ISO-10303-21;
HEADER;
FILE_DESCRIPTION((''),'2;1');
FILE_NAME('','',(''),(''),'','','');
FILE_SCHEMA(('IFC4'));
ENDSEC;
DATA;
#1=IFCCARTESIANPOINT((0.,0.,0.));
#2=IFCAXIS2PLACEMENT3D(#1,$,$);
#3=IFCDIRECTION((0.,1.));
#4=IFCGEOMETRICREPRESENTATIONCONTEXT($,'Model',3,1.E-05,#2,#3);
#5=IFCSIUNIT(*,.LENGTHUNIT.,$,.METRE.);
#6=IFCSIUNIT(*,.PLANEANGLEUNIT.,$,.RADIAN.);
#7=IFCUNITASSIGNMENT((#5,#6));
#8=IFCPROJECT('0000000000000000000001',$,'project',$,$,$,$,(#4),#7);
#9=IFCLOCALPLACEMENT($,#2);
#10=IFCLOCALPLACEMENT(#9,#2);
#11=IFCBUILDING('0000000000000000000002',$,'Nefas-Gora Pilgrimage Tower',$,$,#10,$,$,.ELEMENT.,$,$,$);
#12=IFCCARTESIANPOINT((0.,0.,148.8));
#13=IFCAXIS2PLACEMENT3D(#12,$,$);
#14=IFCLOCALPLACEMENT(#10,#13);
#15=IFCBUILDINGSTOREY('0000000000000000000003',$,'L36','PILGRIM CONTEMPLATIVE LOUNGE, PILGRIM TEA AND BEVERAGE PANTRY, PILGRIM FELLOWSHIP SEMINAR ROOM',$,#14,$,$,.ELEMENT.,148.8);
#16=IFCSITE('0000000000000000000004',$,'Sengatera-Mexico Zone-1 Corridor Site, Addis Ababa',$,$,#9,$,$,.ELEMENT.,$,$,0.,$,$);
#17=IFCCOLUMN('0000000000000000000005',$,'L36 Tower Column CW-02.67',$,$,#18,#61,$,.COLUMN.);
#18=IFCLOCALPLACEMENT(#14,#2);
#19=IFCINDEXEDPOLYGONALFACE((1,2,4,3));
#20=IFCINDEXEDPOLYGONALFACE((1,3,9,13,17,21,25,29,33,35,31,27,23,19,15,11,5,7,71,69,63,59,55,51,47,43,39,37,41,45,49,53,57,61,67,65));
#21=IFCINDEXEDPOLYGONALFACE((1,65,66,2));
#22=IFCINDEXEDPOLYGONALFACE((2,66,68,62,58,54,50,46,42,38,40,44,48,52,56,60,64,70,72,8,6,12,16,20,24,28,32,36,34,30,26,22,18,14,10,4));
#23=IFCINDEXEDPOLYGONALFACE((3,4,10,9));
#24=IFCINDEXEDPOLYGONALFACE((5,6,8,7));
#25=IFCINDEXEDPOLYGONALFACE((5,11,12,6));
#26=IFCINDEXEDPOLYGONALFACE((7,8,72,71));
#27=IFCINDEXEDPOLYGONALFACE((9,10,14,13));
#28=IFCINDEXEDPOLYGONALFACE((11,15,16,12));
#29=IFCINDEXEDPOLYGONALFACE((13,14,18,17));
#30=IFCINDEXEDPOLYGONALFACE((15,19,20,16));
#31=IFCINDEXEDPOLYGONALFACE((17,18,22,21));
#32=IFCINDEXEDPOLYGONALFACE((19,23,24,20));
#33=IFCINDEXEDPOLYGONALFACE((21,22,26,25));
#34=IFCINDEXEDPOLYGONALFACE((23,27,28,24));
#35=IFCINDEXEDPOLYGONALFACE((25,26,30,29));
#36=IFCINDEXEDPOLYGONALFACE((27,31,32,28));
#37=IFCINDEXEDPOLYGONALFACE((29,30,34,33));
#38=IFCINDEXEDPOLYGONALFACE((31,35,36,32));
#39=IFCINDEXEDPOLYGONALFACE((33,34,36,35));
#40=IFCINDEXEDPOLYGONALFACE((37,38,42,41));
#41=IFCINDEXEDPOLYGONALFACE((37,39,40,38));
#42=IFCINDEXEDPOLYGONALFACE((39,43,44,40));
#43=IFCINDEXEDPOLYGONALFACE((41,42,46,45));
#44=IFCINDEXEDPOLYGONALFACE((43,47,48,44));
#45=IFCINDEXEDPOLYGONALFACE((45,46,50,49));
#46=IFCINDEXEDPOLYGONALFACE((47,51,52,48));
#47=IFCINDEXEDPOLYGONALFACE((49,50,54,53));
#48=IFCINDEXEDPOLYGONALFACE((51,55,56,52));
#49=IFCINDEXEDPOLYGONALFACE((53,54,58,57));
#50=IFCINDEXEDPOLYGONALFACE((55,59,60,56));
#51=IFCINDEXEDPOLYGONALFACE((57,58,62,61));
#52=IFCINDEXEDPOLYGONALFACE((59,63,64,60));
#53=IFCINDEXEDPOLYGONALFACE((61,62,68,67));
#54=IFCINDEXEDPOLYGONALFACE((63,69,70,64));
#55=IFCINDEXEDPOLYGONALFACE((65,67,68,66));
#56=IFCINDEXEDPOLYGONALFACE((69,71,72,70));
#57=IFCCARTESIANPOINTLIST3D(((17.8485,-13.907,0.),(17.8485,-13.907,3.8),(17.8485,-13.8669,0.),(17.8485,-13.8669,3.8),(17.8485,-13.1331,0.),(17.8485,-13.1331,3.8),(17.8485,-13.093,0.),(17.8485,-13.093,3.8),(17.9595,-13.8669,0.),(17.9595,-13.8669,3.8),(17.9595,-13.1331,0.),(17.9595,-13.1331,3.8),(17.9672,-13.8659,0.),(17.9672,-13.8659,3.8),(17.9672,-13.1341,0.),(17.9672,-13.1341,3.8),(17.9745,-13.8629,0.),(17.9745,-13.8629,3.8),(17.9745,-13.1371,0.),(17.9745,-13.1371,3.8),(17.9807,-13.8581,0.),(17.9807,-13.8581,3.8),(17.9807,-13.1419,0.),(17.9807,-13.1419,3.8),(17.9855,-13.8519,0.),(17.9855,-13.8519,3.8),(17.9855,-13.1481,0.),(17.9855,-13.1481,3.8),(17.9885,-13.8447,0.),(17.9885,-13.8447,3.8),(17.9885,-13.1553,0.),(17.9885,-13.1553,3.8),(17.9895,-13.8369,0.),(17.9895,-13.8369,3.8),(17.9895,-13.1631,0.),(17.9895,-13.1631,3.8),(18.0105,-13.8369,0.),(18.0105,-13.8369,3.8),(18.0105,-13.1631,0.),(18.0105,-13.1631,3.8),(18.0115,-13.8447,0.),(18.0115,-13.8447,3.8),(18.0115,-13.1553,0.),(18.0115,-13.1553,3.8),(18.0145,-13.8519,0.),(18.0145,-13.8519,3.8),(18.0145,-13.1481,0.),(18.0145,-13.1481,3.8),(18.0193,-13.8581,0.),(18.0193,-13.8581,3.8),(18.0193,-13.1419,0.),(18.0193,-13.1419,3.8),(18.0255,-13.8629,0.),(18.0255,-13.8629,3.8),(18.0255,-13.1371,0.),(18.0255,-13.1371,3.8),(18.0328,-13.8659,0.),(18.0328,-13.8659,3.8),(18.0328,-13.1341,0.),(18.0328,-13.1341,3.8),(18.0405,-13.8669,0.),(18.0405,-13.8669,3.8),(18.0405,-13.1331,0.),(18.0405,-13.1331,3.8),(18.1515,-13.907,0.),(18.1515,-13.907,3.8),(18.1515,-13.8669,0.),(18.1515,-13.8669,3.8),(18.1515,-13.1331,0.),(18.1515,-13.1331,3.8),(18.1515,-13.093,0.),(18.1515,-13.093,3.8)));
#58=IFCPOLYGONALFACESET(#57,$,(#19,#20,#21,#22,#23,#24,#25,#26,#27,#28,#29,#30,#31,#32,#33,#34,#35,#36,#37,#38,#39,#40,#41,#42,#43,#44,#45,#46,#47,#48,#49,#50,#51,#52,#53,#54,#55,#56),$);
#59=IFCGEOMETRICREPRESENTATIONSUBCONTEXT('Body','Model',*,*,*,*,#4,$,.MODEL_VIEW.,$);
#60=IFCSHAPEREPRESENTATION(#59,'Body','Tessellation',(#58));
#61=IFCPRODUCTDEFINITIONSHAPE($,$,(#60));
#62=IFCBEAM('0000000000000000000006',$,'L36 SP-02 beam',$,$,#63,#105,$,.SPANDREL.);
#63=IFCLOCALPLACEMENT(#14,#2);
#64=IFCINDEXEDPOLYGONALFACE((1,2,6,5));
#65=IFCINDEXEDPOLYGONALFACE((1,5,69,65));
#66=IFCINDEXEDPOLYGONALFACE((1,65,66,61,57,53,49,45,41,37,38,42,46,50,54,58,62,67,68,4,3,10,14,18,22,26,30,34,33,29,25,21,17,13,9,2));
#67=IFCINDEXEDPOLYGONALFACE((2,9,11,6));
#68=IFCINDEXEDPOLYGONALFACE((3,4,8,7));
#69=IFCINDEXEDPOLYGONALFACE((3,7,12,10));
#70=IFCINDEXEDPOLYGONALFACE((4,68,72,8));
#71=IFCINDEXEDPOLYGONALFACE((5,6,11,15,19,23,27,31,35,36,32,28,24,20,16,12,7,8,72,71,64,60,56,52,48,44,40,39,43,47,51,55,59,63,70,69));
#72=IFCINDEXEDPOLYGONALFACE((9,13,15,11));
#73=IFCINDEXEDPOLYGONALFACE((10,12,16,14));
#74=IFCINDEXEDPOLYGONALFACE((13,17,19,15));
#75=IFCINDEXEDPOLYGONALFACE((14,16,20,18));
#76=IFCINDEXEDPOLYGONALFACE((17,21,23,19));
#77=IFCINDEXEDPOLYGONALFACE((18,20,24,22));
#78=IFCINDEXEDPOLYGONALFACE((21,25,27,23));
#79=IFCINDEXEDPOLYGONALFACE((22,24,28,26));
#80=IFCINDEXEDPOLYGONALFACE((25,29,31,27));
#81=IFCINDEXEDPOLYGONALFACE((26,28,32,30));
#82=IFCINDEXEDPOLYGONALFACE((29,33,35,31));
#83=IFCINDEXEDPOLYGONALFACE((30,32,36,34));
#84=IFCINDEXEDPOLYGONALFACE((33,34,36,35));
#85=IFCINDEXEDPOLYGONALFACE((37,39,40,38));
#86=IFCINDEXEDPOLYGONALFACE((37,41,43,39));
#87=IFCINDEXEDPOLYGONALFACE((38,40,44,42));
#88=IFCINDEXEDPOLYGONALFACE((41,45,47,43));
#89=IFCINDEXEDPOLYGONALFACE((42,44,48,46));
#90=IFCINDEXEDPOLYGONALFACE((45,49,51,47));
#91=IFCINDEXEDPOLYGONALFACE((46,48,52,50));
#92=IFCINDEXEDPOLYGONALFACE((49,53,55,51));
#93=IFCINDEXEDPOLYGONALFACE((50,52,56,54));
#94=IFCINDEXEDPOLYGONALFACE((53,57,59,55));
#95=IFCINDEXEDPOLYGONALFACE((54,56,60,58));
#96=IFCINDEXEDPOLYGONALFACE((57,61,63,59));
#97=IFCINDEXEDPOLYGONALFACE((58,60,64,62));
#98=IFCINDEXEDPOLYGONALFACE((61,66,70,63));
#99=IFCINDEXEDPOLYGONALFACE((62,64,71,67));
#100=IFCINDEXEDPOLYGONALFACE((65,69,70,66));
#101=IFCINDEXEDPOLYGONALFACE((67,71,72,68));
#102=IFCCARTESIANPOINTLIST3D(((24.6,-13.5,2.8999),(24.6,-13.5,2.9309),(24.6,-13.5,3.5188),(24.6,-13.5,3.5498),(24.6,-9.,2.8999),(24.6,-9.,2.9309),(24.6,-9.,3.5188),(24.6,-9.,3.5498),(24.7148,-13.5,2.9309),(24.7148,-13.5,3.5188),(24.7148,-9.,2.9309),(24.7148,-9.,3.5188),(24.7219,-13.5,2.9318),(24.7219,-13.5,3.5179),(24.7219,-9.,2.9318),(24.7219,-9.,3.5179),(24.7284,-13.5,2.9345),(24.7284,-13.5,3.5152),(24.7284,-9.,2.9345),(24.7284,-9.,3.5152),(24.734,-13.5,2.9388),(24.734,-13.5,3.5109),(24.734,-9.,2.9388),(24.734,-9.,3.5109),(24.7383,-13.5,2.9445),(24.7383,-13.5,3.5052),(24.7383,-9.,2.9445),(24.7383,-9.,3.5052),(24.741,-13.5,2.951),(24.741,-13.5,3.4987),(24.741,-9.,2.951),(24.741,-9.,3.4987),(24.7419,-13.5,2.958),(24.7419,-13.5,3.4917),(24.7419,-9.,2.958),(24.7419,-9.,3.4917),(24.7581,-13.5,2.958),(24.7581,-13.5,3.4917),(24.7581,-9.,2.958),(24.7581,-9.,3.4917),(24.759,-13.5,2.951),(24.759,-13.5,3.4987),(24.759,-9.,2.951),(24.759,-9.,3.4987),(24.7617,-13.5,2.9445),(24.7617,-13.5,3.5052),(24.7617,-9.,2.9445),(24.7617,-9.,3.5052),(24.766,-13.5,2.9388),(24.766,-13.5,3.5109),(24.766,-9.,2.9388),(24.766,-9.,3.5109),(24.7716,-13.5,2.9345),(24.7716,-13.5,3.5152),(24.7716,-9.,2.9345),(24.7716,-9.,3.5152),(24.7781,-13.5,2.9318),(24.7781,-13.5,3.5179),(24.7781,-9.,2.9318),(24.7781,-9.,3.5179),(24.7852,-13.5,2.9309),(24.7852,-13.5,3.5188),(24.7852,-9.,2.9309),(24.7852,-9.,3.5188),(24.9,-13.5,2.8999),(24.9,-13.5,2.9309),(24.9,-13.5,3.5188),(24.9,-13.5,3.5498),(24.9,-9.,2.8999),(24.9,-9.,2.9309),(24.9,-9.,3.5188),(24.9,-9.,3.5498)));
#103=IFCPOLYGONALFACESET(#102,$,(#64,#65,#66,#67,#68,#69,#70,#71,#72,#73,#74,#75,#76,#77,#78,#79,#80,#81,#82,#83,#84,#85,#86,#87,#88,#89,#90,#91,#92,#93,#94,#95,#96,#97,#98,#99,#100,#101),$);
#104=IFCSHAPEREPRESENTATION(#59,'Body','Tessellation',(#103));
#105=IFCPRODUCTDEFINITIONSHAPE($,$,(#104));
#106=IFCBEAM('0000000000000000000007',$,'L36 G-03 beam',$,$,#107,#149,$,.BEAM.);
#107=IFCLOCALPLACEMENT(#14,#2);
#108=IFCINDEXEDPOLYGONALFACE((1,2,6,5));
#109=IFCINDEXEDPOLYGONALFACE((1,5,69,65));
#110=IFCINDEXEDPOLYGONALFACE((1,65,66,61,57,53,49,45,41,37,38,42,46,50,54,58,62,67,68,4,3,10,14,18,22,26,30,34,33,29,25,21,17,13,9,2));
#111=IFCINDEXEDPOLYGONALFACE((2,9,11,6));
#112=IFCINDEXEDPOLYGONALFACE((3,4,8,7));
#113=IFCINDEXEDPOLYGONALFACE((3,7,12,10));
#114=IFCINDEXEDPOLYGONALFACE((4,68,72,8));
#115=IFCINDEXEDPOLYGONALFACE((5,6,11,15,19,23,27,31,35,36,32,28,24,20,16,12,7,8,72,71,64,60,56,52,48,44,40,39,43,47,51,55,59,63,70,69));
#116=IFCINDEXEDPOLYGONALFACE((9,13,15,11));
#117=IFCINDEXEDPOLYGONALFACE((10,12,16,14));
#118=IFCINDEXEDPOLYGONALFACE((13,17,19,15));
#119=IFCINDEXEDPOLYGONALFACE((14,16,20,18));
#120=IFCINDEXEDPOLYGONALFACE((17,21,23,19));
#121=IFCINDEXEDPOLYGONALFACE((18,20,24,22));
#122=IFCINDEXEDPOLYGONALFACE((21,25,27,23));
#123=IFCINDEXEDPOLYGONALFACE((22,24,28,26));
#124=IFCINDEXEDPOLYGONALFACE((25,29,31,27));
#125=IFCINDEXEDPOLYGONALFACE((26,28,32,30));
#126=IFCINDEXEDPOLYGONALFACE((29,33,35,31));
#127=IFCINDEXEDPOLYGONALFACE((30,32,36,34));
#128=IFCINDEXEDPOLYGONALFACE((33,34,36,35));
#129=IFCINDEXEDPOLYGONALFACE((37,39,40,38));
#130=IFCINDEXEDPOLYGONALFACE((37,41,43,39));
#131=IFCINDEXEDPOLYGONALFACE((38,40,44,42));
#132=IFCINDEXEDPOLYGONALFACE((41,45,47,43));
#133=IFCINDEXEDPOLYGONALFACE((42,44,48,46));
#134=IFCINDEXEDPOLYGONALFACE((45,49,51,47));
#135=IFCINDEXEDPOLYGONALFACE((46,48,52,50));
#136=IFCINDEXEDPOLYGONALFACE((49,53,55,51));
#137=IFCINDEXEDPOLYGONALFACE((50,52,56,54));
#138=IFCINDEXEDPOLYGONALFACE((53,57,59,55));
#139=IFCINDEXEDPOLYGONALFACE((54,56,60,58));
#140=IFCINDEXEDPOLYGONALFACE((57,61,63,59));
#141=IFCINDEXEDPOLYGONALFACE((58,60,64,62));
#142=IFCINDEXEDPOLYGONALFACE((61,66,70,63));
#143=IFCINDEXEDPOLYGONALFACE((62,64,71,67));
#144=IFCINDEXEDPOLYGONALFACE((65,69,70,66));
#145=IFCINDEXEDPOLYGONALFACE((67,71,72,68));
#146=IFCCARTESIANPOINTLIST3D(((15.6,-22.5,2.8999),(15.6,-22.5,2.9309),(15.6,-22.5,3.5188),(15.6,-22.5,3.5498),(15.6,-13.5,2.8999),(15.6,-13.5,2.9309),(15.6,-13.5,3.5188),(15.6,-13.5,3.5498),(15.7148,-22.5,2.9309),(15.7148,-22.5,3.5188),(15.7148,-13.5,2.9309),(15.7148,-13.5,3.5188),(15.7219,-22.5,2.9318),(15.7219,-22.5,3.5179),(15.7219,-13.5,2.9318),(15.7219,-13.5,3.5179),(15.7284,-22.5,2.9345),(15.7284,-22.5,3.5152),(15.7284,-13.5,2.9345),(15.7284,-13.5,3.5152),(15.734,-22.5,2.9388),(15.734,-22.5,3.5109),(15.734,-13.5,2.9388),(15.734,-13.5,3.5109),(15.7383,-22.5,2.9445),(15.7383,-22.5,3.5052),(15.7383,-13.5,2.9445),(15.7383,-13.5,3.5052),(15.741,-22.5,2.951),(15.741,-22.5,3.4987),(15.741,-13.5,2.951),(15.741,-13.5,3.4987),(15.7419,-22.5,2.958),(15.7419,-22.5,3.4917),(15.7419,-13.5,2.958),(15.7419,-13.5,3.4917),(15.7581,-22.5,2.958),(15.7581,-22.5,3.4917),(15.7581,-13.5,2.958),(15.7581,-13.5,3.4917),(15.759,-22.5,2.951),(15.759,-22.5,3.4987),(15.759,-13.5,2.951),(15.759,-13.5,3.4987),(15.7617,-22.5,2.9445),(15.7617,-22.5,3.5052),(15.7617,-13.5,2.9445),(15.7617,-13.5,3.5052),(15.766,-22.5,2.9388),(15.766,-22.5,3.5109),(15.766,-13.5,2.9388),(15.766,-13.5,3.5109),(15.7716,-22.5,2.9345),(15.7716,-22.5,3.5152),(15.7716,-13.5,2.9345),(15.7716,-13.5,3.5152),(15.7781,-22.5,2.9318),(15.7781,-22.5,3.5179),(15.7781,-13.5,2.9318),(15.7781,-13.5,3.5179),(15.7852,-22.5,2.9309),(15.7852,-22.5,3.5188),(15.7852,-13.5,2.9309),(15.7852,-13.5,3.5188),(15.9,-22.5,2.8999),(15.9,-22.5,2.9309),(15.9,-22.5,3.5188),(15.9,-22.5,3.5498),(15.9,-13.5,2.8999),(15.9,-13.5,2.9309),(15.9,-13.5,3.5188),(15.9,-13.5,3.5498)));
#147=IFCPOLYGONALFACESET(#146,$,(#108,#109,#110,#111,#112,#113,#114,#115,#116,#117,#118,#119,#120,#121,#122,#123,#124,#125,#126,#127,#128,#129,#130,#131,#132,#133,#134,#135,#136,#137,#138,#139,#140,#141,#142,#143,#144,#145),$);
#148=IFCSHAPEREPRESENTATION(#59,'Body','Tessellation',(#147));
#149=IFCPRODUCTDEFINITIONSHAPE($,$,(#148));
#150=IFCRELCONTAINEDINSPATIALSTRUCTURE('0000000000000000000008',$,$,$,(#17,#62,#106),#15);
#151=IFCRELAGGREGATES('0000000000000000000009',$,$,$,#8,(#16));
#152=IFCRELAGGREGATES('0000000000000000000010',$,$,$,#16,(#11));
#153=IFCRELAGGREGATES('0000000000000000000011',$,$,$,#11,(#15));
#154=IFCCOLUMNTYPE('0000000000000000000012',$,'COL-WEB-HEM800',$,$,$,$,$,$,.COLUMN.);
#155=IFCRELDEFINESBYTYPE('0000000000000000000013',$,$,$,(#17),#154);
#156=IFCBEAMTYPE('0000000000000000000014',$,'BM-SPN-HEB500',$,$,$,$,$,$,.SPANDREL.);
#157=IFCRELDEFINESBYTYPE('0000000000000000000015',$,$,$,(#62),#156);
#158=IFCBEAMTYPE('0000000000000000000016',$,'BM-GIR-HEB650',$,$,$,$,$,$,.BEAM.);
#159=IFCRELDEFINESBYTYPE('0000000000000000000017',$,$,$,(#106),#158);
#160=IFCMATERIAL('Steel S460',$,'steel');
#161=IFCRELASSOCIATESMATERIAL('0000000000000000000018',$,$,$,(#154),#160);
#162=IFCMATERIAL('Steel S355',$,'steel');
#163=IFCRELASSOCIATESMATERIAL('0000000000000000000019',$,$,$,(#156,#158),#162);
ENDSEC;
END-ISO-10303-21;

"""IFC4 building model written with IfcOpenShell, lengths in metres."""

from ifc_helpers import new_model, si_unit, direction, frame, origin, origin_2d, place, context, subcontext, project, spatial, i_section, extrude, source, transform, mapped, material, material_profile, profile_set, type_object, element, save


model = new_model("IFC4")

# Units and contexts
model_context = context("Model", 3, precision=1e-05, world=origin(), true_north=direction((0.0, 1.0)))
body_context = subcontext(model_context, "Body", "Model", "MODEL_VIEW")
ifc_project = project(units=[si_unit("LENGTHUNIT", "METRE"), si_unit("PLANEANGLEUNIT", "RADIAN")], contexts=[model_context])

# Site, building, storey
site_placement = place(None, origin())
site = spatial("IfcSite", under=ifc_project, at=site_placement, Name="Sengatera-Mexico Zone-1 Corridor Site, Addis Ababa", CompositionType="ELEMENT", RefElevation=0.0)
building_placement = place(site_placement, origin())
building = spatial("IfcBuilding", under=site, at=building_placement, Name="Nefas-Gora Pilgrimage Tower", CompositionType="ELEMENT")
storey_placement = place(building_placement, frame((0.0, 0.0, 148.8)))
storey = spatial("IfcBuildingStorey", under=building, at=storey_placement, Name="L36", Description="PILGRIM CONTEMPLATIVE LOUNGE, PILGRIM TEA AND BEVERAGE PANTRY, PILGRIM FELLOWSHIP SEMINAR ROOM", CompositionType="ELEMENT", Elevation=148.8)

# Column
ifc_material_1 = material(Name="Steel S460", Category="steel")
ifc_material_profile_1 = material_profile(ifc_material_1, i_section(OverallWidth=0.303, OverallDepth=0.814, WebThickness=0.021, FlangeThickness=0.04, FilletRadius=0.03, at=origin_2d()), Name="HEM 800")
ifc_profile_set_1 = profile_set([ifc_material_profile_1], Name="Steel S460")
column_type_1 = type_object("IfcColumnType", Name="COL-WEB-HEM800", PredefinedType="COLUMN", material=ifc_profile_set_1)
shared_shape_1 = source(origin(), body_context, "Body", "SweptSolid", [
    extrude(i_section(OverallWidth=0.303, OverallDepth=0.814, WebThickness=0.021, FlangeThickness=0.04, FilletRadius=0.03, at=origin_2d()), origin(), (0.0, 0.0, 1.0), 3.8),
])
for number, where, z_axis, x_axis, name in (
    (1, (18.0, -13.5, 0.0), (0.0, 0.0, 1.0), (1.0, 0.0, 0.0), "L36 Tower Column CW-02.67"),
):
    element("IfcColumn", number, at=place(storey_placement, frame(where, z_axis=z_axis, x_axis=x_axis)), inside=storey, type_object=column_type_1, Name=name, PredefinedType="COLUMN", context=body_context, shape_type="MappedRepresentation", body=[
        mapped(shared_shape_1, transform((0.0, 0.0, 0.0), x_axis=(1.0, 0.0, 0.0), y_axis=(0.0, 1.0, 0.0), z_axis=(0.0, 0.0, 1.0), scale=1.0)),
    ])

# Beams
ifc_material_2 = material(Name="Steel S355", Category="steel")
ifc_material_profile_2 = material_profile(ifc_material_2, i_section(OverallWidth=0.3, OverallDepth=0.6499, WebThickness=0.0161, FlangeThickness=0.031, FilletRadius=0.0271, at=origin_2d()), Name="HEB 650")
ifc_profile_set_2 = profile_set([ifc_material_profile_2], Name="Steel S355")
beam_type_1 = type_object("IfcBeamType", Name="BM-SPN-HEB500", PredefinedType="SPANDREL", material=ifc_profile_set_2)
shared_shape_2 = source(origin(), body_context, "Body", "SweptSolid", [
    extrude(i_section(OverallWidth=0.3, OverallDepth=0.6499, WebThickness=0.0161, FlangeThickness=0.031, FilletRadius=0.0271, at=origin_2d()), origin(), (0.0, 0.0, 1.0), 4.5),
])
beam_1_placement = place(storey_placement, frame((24.75, -13.5, 3.2249), z_axis=(0.0, 1.0, 0.0), x_axis=(-1.0, 0.0, 0.0)))
element("IfcBeam", 2, at=beam_1_placement, inside=storey, type_object=beam_type_1, Name="L36 SP-02 beam", PredefinedType="SPANDREL", context=body_context, shape_type="MappedRepresentation", body=[
    mapped(shared_shape_2, transform((0.0, 0.0, 0.0), x_axis=(1.0, 0.0, 0.0), y_axis=(0.0, 1.0, 0.0), z_axis=(0.0, 0.0, 1.0), scale=1.0)),
])
ifc_material_profile_3 = material_profile(ifc_material_2, i_section(OverallWidth=0.3, OverallDepth=0.6499, WebThickness=0.0161, FlangeThickness=0.031, FilletRadius=0.0271, at=origin_2d()), Name="HEB 650")
ifc_profile_set_3 = profile_set([ifc_material_profile_3], Name="Steel S355")
beam_type_2 = type_object("IfcBeamType", Name="BM-GIR-HEB650", PredefinedType="BEAM", material=ifc_profile_set_3)
shared_shape_3 = source(origin(), body_context, "Body", "SweptSolid", [
    extrude(i_section(OverallWidth=0.3, OverallDepth=0.6499, WebThickness=0.0161, FlangeThickness=0.031, FilletRadius=0.0271, at=origin_2d()), origin(), (0.0, 0.0, 1.0), 9.0),
])
beam_2_placement = place(storey_placement, frame((15.75, -22.5, 3.2249), z_axis=(0.0, 1.0, 0.0), x_axis=(-1.0, 0.0, 0.0)))
element("IfcBeam", 3, at=beam_2_placement, inside=storey, type_object=beam_type_2, Name="L36 G-03 beam", PredefinedType="BEAM", context=body_context, shape_type="MappedRepresentation", body=[
    mapped(shared_shape_3, transform((0.0, 0.0, 0.0), x_axis=(1.0, 0.0, 0.0), y_axis=(0.0, 1.0, 0.0), z_axis=(0.0, 0.0, 1.0), scale=1.0)),
])

save(model, "model.ifc")
